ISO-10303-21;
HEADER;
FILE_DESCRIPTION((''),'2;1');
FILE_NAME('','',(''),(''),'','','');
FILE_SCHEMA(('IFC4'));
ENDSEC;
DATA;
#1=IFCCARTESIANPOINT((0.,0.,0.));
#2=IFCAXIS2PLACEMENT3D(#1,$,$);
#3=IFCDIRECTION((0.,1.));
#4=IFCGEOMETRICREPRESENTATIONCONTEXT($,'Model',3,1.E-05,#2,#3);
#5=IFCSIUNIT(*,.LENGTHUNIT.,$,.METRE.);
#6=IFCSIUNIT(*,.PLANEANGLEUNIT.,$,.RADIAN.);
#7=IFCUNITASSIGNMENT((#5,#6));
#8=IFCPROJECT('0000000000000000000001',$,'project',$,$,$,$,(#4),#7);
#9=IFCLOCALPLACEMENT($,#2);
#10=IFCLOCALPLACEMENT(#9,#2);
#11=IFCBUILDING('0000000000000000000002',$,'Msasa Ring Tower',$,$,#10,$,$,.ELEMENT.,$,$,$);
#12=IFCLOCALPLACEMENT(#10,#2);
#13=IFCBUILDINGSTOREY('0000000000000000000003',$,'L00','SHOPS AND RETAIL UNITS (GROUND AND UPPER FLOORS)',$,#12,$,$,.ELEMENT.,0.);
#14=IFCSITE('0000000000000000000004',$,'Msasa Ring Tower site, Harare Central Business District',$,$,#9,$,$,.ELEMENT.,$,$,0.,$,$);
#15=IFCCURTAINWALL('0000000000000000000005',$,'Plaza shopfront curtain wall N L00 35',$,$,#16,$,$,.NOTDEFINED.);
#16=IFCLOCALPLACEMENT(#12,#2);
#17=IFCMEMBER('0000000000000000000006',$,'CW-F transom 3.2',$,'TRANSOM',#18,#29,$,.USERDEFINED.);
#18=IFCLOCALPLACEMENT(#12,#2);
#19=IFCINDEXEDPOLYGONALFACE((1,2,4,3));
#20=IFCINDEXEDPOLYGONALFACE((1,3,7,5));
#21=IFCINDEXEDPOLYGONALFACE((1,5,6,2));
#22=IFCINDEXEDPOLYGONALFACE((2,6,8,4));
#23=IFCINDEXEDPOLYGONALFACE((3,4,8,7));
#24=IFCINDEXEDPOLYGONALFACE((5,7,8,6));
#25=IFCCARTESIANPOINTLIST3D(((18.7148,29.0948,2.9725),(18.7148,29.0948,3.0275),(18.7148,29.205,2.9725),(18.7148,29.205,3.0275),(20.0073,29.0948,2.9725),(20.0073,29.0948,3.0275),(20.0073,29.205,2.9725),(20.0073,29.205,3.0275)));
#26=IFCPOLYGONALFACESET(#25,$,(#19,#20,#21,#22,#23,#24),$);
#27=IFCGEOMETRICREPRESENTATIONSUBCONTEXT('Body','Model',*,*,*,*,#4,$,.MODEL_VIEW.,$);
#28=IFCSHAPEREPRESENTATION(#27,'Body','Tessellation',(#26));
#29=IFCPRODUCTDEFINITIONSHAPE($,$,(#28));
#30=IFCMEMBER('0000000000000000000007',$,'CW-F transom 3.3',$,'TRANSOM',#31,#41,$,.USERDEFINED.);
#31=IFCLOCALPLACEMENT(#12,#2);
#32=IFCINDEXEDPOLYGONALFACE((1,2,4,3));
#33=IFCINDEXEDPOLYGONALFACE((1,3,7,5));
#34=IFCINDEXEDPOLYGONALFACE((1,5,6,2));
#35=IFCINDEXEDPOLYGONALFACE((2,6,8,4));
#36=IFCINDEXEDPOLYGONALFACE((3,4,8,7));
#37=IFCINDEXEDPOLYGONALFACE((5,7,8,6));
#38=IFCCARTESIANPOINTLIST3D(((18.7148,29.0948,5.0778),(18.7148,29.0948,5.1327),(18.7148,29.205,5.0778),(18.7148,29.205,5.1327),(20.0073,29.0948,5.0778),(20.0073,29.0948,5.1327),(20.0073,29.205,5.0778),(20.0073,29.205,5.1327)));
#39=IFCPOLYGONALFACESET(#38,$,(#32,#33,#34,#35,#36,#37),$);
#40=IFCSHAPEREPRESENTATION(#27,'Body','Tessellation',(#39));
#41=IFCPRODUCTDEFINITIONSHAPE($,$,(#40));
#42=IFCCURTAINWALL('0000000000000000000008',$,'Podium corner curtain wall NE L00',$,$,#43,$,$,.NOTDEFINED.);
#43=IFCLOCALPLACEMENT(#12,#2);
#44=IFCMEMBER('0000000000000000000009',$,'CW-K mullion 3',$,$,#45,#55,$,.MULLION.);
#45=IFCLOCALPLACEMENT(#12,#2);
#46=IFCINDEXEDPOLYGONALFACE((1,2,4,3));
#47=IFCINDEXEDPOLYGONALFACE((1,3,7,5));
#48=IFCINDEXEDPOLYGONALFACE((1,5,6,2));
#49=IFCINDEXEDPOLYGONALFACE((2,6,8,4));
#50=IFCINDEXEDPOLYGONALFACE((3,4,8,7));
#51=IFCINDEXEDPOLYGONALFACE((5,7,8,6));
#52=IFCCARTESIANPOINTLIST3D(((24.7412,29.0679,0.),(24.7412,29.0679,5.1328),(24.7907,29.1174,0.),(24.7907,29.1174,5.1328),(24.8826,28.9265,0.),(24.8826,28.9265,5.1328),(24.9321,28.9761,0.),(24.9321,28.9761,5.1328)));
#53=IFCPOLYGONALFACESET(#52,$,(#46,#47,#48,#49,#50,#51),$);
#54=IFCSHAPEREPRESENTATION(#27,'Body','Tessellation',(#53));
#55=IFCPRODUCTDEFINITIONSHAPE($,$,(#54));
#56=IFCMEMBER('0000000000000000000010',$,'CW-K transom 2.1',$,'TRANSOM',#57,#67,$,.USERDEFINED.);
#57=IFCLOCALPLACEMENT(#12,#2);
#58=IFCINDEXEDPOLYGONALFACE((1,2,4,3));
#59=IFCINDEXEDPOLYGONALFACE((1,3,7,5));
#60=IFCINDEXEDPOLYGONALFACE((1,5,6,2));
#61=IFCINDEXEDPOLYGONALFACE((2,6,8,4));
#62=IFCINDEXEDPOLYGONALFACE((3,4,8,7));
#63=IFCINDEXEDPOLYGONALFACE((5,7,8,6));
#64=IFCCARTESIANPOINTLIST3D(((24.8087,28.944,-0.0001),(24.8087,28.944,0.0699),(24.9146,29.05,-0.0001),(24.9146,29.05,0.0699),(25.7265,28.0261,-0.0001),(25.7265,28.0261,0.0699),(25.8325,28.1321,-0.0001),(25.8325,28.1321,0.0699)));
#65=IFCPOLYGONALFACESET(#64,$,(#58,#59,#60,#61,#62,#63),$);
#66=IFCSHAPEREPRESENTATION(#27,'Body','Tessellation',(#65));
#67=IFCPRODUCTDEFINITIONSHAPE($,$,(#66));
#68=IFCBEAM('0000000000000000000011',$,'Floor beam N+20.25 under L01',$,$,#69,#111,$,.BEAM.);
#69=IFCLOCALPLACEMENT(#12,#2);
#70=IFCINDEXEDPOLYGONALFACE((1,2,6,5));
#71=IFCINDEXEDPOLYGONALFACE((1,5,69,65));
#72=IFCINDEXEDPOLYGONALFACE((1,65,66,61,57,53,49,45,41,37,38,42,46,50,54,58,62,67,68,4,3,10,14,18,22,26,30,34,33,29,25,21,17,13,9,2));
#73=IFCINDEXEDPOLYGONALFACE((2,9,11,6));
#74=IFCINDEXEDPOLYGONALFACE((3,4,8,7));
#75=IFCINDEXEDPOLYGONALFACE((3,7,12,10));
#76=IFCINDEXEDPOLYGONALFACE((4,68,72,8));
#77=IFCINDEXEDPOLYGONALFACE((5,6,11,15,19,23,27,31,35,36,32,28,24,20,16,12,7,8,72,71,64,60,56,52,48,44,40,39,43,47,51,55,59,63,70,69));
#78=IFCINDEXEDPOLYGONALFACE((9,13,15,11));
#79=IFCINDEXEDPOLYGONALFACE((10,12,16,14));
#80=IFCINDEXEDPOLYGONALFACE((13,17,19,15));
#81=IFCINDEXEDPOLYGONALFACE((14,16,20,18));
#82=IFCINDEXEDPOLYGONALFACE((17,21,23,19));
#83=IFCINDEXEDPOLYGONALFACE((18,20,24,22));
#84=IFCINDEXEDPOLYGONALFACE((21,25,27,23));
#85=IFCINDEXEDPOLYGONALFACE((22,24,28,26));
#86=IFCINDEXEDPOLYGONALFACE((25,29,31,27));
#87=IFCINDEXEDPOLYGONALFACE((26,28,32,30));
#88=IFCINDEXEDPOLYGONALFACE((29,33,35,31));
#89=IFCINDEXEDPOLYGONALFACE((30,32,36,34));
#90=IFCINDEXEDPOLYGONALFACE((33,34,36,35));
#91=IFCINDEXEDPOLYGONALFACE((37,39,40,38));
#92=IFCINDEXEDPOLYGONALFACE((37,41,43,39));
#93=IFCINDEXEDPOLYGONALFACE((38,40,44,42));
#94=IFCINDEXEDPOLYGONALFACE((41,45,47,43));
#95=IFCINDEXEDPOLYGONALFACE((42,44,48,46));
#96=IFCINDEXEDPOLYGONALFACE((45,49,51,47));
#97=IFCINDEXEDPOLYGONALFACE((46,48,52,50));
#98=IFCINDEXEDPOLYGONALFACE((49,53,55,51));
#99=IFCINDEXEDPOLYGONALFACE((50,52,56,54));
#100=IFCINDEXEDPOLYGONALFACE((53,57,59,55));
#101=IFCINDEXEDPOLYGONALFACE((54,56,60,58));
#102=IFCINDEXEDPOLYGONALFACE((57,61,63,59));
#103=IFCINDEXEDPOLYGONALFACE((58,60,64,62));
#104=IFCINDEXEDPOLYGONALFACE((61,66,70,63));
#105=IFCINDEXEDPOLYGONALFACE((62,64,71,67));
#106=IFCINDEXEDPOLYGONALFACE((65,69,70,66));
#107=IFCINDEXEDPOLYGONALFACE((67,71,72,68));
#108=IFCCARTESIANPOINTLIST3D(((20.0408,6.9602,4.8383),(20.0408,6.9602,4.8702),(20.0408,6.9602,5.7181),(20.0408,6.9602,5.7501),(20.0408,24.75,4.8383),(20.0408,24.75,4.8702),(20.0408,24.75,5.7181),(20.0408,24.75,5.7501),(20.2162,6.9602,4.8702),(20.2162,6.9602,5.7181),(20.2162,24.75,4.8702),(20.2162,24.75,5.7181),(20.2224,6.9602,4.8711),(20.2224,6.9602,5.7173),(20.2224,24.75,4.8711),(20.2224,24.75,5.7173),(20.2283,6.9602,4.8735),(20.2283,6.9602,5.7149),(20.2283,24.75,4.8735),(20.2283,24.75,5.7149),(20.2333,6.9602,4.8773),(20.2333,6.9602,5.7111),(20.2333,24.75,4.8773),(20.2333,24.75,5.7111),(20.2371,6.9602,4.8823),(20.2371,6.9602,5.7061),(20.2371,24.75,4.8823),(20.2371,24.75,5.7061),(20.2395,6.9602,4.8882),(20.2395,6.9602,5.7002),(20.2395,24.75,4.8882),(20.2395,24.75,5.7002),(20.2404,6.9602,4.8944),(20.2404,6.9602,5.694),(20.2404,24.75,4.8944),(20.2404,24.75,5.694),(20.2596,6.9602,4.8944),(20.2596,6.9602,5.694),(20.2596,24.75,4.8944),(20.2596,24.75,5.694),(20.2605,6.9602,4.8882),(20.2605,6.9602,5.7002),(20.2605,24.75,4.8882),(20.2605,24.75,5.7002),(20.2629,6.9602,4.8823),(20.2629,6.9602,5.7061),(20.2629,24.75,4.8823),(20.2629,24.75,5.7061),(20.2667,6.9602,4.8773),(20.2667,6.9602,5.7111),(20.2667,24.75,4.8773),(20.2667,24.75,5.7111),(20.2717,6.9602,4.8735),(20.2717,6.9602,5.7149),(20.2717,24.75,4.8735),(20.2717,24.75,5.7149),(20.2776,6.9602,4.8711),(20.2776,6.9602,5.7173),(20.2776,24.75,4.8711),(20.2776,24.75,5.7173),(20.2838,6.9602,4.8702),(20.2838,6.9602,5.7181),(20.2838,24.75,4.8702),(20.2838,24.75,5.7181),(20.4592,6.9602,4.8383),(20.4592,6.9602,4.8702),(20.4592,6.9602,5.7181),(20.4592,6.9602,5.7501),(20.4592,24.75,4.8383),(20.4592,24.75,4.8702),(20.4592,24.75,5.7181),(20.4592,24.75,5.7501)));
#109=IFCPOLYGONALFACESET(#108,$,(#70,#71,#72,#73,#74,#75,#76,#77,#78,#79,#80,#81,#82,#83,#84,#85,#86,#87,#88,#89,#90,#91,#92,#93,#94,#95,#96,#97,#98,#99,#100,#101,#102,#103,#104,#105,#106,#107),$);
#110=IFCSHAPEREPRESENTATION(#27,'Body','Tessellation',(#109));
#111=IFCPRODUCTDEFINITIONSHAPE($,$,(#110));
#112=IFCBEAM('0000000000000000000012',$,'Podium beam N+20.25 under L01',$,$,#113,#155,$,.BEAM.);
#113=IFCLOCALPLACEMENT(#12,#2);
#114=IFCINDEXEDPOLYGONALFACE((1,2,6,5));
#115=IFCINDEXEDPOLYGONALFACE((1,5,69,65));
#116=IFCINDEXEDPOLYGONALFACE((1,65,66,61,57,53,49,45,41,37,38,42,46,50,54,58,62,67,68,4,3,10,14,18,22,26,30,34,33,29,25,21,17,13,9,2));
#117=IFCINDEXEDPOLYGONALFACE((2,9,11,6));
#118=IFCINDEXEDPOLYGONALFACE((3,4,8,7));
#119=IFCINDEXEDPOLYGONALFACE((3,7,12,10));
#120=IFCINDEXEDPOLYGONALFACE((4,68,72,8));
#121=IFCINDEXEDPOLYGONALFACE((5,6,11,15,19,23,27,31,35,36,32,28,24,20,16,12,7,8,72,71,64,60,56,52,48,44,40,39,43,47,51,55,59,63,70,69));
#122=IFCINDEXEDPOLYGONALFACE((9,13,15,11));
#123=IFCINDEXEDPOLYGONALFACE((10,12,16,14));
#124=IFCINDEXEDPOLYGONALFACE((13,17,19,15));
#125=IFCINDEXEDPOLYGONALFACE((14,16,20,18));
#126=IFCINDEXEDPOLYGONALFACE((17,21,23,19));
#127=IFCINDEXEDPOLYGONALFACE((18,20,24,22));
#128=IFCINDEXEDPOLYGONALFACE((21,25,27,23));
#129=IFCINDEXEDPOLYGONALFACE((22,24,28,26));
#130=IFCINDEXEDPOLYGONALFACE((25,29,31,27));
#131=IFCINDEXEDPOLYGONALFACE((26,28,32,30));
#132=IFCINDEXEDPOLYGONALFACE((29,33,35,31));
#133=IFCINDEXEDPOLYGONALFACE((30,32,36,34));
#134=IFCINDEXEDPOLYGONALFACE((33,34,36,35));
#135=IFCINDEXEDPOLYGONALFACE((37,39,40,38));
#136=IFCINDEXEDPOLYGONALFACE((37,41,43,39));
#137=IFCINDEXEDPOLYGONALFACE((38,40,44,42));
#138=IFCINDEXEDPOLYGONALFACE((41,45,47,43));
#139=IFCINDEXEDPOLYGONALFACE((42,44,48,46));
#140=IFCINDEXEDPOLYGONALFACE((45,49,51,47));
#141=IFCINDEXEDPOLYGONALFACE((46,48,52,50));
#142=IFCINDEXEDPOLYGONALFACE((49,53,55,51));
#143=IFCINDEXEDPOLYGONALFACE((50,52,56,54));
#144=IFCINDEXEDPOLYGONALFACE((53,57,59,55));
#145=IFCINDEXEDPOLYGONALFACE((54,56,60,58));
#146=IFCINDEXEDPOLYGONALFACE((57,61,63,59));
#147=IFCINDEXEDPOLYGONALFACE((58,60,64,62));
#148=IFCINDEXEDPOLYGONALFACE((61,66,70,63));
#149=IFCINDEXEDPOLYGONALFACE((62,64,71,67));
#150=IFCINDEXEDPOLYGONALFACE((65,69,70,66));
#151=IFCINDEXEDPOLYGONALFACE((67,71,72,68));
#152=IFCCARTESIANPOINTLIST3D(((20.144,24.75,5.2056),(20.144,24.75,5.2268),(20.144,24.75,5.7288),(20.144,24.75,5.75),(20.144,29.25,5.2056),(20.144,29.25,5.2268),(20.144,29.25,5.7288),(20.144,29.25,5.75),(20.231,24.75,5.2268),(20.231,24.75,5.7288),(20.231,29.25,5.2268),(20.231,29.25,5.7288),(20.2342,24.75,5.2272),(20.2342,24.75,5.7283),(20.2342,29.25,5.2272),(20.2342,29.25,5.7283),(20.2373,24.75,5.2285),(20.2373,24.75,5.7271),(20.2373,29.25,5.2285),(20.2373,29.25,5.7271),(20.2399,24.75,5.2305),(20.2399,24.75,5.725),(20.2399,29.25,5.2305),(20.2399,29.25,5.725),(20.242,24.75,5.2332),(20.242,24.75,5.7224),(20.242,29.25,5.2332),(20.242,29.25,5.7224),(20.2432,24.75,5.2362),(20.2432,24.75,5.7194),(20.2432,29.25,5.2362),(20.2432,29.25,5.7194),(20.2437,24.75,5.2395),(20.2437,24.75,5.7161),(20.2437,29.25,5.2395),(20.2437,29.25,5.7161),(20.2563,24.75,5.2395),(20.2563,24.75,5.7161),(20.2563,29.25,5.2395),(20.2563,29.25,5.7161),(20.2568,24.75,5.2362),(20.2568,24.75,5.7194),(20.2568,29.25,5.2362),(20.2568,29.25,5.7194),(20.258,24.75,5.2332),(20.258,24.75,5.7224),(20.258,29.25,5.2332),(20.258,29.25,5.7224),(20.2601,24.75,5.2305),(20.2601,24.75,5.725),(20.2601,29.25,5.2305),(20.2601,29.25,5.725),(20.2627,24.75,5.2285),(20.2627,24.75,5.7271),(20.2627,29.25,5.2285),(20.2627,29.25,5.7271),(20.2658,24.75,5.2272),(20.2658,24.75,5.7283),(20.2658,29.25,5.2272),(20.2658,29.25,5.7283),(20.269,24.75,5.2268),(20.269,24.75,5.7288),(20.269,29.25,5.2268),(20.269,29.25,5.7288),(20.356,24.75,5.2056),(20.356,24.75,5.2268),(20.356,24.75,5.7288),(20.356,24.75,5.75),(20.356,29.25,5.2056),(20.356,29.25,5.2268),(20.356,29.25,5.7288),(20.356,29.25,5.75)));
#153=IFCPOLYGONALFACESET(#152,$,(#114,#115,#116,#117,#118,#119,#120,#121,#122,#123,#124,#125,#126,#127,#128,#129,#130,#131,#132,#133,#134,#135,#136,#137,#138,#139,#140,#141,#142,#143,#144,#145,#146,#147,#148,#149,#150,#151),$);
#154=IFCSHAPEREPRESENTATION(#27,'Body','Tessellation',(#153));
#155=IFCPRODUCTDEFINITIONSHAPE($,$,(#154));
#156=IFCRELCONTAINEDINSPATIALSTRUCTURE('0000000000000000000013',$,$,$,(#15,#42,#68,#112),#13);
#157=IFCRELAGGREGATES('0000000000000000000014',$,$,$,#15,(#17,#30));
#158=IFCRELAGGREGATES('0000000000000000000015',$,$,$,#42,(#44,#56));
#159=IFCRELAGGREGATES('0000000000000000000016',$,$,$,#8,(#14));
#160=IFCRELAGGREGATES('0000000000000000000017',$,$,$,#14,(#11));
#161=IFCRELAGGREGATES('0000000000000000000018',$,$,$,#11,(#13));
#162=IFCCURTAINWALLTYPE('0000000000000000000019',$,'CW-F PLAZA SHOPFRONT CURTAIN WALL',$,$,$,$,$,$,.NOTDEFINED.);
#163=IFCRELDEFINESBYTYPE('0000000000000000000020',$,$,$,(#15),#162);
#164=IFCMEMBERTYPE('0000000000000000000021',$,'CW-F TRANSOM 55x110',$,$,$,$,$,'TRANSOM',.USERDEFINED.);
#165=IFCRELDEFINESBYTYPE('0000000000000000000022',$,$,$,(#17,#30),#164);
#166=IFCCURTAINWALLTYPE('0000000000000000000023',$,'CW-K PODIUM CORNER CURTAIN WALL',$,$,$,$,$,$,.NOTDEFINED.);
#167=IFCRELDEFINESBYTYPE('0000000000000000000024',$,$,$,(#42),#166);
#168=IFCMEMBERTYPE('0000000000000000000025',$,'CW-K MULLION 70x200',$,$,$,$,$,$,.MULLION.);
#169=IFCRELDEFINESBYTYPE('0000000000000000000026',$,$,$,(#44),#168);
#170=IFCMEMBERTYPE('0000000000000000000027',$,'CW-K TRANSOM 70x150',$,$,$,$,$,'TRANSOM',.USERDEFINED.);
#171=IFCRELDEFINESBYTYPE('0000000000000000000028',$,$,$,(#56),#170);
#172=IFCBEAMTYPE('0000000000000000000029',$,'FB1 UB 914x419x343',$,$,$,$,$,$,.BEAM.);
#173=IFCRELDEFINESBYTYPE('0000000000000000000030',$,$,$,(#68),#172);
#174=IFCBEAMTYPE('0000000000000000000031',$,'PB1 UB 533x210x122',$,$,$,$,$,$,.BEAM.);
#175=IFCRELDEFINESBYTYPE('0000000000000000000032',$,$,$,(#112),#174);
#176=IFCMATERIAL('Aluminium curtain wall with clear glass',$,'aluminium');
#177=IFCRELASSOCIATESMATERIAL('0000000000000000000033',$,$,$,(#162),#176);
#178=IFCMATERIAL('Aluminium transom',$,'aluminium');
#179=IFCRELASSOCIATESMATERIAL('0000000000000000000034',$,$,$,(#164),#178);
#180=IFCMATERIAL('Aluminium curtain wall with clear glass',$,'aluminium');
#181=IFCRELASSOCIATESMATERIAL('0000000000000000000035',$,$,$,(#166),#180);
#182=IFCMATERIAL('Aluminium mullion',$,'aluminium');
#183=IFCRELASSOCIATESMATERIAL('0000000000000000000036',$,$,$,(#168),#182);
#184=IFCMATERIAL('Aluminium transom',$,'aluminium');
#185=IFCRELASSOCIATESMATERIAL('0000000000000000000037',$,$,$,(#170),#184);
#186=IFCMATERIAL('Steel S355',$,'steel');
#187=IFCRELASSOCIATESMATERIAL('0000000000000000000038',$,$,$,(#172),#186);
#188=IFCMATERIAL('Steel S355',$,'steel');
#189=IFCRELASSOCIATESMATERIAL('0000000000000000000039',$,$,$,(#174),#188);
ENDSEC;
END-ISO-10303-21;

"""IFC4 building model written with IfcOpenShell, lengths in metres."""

from ifc_helpers import new_model, si_unit, direction, frame, origin, origin_2d, place, context, subcontext, project, spatial, rectangle, i_section, extrude, material, material_profile, profile_set, type_object, element, aggregate, save


model = new_model("IFC4")

# Units and contexts
model_context = context("Model", 3, precision=1e-05, world=origin(), true_north=direction((0.0, 1.0)))
body_context = subcontext(model_context, "Body", "Model", "MODEL_VIEW")
ifc_project = project(units=[si_unit("LENGTHUNIT", "METRE"), si_unit("PLANEANGLEUNIT", "RADIAN")], contexts=[model_context])

# Site, building, storey
site_placement = place(None, origin())
site = spatial("IfcSite", under=ifc_project, at=site_placement, Name="Msasa Ring Tower site, Harare Central Business District", CompositionType="ELEMENT", RefElevation=0.0)
building_placement = place(site_placement, origin())
building = spatial("IfcBuilding", under=site, at=building_placement, Name="Msasa Ring Tower", CompositionType="ELEMENT")
storey_placement = place(building_placement, origin())
storey = spatial("IfcBuildingStorey", under=building, at=storey_placement, Name="L00", Description="SHOPS AND RETAIL UNITS (GROUND AND UPPER FLOORS)", CompositionType="ELEMENT", Elevation=0.0)

# Curtain walls, members
ifc_material_1 = material(Name="Aluminium curtain wall with clear glass", Category="aluminium")
curtain_wall_type_1 = type_object("IfcCurtainWallType", Name="CW-F PLAZA SHOPFRONT CURTAIN WALL", PredefinedType="NOTDEFINED", material=ifc_material_1)
curtain_wall_1_placement = place(storey_placement, origin())
curtain_wall_1 = element("IfcCurtainWall", 1, at=curtain_wall_1_placement, inside=storey, type_object=curtain_wall_type_1, Name="Plaza shopfront curtain wall N L00 35", PredefinedType="NOTDEFINED")
ifc_material_2 = material(Name="Aluminium transom", Category="aluminium")
ifc_material_profile_1 = material_profile(ifc_material_2, rectangle(XDim=0.1101, YDim=0.0549, at=origin_2d()), Name="AL 55x110")
ifc_profile_set_1 = profile_set([ifc_material_profile_1], Name="Aluminium transom")
member_type_1 = type_object("IfcMemberType", Name="CW-F TRANSOM 55x110", ElementType="TRANSOM", PredefinedType="USERDEFINED", material=ifc_profile_set_1)
member_1_placement = place(storey_placement, frame((18.7148, 29.1499, 3.0), z_axis=(1.0, 0.0, 0.0), x_axis=(0.0, 1.0, 0.0)))
member_1 = element("IfcMember", 2, at=member_1_placement, type_object=member_type_1, Name="CW-F transom 3.2", ObjectType="TRANSOM", PredefinedType="USERDEFINED", context=body_context, shape_type="SweptSolid", body=[
    extrude(rectangle(XDim=0.1101, YDim=0.0549, at=origin_2d()), origin(), (0.0, 0.0, 1.0), 1.2925),
])
member_2_placement = place(storey_placement, frame((18.7148, 29.1499, 5.1052), z_axis=(1.0, 0.0, 0.0), x_axis=(0.0, 1.0, 0.0)))
member_2 = element("IfcMember", 3, at=member_2_placement, type_object=member_type_1, Name="CW-F transom 3.3", ObjectType="TRANSOM", PredefinedType="USERDEFINED", context=body_context, shape_type="SweptSolid", body=[
    extrude(rectangle(XDim=0.1101, YDim=0.0549, at=origin_2d()), origin(), (0.0, 0.0, 1.0), 1.2925),
])
ifc_material_3 = material(Name="Aluminium curtain wall with clear glass", Category="aluminium")
curtain_wall_type_2 = type_object("IfcCurtainWallType", Name="CW-K PODIUM CORNER CURTAIN WALL", PredefinedType="NOTDEFINED", material=ifc_material_3)
curtain_wall_2_placement = place(storey_placement, origin())
curtain_wall_2 = element("IfcCurtainWall", 4, at=curtain_wall_2_placement, inside=storey, type_object=curtain_wall_type_2, Name="Podium corner curtain wall NE L00", PredefinedType="NOTDEFINED")
ifc_material_4 = material(Name="Aluminium mullion", Category="aluminium")
ifc_material_profile_2 = material_profile(ifc_material_4, rectangle(XDim=0.0701, YDim=0.2, at=origin_2d()), Name="AL 70x200")
ifc_profile_set_2 = profile_set([ifc_material_profile_2], Name="Aluminium mullion")
member_type_2 = type_object("IfcMemberType", Name="CW-K MULLION 70x200", PredefinedType="MULLION", material=ifc_profile_set_2)
member_3_placement = place(storey_placement, frame((24.8367, 29.022, 0.0), z_axis=(0.0, 0.0, 1.0), x_axis=(-0.707107, -0.707107, 0.0)))
member_3 = element("IfcMember", 5, at=member_3_placement, type_object=member_type_2, Name="CW-K mullion 3", PredefinedType="MULLION", context=body_context, shape_type="SweptSolid", body=[
    extrude(rectangle(XDim=0.0701, YDim=0.2, at=origin_2d()), origin(), (0.0, 0.0, 1.0), 5.1328),
])
ifc_material_5 = material(Name="Aluminium transom", Category="aluminium")
ifc_material_profile_3 = material_profile(ifc_material_5, rectangle(XDim=0.1499, YDim=0.0701, at=origin_2d()), Name="AL 70x150")
ifc_profile_set_3 = profile_set([ifc_material_profile_3], Name="Aluminium transom")
member_type_3 = type_object("IfcMemberType", Name="CW-K TRANSOM 70x150", ElementType="TRANSOM", PredefinedType="USERDEFINED", material=ifc_profile_set_3)
member_4_placement = place(storey_placement, frame((25.7795, 28.0791, 0.0349), z_axis=(-0.707107, 0.707107, 0.0), x_axis=(-0.707107, -0.707107, 0.0)))
member_4 = element("IfcMember", 6, at=member_4_placement, type_object=member_type_3, Name="CW-K transom 2.1", ObjectType="TRANSOM", PredefinedType="USERDEFINED", context=body_context, shape_type="SweptSolid", body=[
    extrude(rectangle(XDim=0.1499, YDim=0.0701, at=origin_2d()), origin(), (0.0, 0.0, 1.0), 1.2981),
])

# Beams
ifc_material_6 = material(Name="Steel S355", Category="steel")
ifc_material_profile_4 = material_profile(ifc_material_6, i_section(OverallWidth=0.4185, OverallDepth=0.9119, WebThickness=0.0193, FlangeThickness=0.032, FilletRadius=0.0242, at=origin_2d()), Name="UB 914x419x343")
ifc_profile_set_4 = profile_set([ifc_material_profile_4], Name="Steel S355")
beam_type_1 = type_object("IfcBeamType", Name="FB1 UB 914x419x343", PredefinedType="BEAM", material=ifc_profile_set_4)
beam_1_placement = place(storey_placement, frame((20.25, 24.75, 5.2942), z_axis=(0.0, -1.0, 0.0), x_axis=(1.0, 0.0, 0.0)))
element("IfcBeam", 7, at=beam_1_placement, inside=storey, type_object=beam_type_1, Name="Floor beam N+20.25 under L01", PredefinedType="BEAM", context=body_context, shape_type="SweptSolid", body=[
    extrude(i_section(OverallWidth=0.4185, OverallDepth=0.9119, WebThickness=0.0193, FlangeThickness=0.032, FilletRadius=0.0242, at=origin_2d()), origin(), (0.0, 0.0, 1.0), 17.7898),
])
ifc_material_7 = material(Name="Steel S355", Category="steel")
ifc_material_profile_5 = material_profile(ifc_material_7, i_section(OverallWidth=0.2119, OverallDepth=0.5444, WebThickness=0.0127, FlangeThickness=0.0212, FilletRadius=0.0127, at=origin_2d()), Name="UB 533x210x122")
ifc_profile_set_5 = profile_set([ifc_material_profile_5], Name="Steel S355")
beam_type_2 = type_object("IfcBeamType", Name="PB1 UB 533x210x122", PredefinedType="BEAM", material=ifc_profile_set_5)
beam_2_placement = place(storey_placement, frame((20.25, 29.25, 5.4778), z_axis=(0.0, -1.0, 0.0), x_axis=(1.0, 0.0, 0.0)))
element("IfcBeam", 8, at=beam_2_placement, inside=storey, type_object=beam_type_2, Name="Podium beam N+20.25 under L01", PredefinedType="BEAM", context=body_context, shape_type="SweptSolid", body=[
    extrude(i_section(OverallWidth=0.2119, OverallDepth=0.5444, WebThickness=0.0127, FlangeThickness=0.0212, FilletRadius=0.0127, at=origin_2d()), origin(), (0.0, 0.0, 1.0), 4.5),
])

aggregate(curtain_wall_1, [member_1, member_2])
aggregate(curtain_wall_2, [member_3, member_4])

save(model, "model.ifc")
